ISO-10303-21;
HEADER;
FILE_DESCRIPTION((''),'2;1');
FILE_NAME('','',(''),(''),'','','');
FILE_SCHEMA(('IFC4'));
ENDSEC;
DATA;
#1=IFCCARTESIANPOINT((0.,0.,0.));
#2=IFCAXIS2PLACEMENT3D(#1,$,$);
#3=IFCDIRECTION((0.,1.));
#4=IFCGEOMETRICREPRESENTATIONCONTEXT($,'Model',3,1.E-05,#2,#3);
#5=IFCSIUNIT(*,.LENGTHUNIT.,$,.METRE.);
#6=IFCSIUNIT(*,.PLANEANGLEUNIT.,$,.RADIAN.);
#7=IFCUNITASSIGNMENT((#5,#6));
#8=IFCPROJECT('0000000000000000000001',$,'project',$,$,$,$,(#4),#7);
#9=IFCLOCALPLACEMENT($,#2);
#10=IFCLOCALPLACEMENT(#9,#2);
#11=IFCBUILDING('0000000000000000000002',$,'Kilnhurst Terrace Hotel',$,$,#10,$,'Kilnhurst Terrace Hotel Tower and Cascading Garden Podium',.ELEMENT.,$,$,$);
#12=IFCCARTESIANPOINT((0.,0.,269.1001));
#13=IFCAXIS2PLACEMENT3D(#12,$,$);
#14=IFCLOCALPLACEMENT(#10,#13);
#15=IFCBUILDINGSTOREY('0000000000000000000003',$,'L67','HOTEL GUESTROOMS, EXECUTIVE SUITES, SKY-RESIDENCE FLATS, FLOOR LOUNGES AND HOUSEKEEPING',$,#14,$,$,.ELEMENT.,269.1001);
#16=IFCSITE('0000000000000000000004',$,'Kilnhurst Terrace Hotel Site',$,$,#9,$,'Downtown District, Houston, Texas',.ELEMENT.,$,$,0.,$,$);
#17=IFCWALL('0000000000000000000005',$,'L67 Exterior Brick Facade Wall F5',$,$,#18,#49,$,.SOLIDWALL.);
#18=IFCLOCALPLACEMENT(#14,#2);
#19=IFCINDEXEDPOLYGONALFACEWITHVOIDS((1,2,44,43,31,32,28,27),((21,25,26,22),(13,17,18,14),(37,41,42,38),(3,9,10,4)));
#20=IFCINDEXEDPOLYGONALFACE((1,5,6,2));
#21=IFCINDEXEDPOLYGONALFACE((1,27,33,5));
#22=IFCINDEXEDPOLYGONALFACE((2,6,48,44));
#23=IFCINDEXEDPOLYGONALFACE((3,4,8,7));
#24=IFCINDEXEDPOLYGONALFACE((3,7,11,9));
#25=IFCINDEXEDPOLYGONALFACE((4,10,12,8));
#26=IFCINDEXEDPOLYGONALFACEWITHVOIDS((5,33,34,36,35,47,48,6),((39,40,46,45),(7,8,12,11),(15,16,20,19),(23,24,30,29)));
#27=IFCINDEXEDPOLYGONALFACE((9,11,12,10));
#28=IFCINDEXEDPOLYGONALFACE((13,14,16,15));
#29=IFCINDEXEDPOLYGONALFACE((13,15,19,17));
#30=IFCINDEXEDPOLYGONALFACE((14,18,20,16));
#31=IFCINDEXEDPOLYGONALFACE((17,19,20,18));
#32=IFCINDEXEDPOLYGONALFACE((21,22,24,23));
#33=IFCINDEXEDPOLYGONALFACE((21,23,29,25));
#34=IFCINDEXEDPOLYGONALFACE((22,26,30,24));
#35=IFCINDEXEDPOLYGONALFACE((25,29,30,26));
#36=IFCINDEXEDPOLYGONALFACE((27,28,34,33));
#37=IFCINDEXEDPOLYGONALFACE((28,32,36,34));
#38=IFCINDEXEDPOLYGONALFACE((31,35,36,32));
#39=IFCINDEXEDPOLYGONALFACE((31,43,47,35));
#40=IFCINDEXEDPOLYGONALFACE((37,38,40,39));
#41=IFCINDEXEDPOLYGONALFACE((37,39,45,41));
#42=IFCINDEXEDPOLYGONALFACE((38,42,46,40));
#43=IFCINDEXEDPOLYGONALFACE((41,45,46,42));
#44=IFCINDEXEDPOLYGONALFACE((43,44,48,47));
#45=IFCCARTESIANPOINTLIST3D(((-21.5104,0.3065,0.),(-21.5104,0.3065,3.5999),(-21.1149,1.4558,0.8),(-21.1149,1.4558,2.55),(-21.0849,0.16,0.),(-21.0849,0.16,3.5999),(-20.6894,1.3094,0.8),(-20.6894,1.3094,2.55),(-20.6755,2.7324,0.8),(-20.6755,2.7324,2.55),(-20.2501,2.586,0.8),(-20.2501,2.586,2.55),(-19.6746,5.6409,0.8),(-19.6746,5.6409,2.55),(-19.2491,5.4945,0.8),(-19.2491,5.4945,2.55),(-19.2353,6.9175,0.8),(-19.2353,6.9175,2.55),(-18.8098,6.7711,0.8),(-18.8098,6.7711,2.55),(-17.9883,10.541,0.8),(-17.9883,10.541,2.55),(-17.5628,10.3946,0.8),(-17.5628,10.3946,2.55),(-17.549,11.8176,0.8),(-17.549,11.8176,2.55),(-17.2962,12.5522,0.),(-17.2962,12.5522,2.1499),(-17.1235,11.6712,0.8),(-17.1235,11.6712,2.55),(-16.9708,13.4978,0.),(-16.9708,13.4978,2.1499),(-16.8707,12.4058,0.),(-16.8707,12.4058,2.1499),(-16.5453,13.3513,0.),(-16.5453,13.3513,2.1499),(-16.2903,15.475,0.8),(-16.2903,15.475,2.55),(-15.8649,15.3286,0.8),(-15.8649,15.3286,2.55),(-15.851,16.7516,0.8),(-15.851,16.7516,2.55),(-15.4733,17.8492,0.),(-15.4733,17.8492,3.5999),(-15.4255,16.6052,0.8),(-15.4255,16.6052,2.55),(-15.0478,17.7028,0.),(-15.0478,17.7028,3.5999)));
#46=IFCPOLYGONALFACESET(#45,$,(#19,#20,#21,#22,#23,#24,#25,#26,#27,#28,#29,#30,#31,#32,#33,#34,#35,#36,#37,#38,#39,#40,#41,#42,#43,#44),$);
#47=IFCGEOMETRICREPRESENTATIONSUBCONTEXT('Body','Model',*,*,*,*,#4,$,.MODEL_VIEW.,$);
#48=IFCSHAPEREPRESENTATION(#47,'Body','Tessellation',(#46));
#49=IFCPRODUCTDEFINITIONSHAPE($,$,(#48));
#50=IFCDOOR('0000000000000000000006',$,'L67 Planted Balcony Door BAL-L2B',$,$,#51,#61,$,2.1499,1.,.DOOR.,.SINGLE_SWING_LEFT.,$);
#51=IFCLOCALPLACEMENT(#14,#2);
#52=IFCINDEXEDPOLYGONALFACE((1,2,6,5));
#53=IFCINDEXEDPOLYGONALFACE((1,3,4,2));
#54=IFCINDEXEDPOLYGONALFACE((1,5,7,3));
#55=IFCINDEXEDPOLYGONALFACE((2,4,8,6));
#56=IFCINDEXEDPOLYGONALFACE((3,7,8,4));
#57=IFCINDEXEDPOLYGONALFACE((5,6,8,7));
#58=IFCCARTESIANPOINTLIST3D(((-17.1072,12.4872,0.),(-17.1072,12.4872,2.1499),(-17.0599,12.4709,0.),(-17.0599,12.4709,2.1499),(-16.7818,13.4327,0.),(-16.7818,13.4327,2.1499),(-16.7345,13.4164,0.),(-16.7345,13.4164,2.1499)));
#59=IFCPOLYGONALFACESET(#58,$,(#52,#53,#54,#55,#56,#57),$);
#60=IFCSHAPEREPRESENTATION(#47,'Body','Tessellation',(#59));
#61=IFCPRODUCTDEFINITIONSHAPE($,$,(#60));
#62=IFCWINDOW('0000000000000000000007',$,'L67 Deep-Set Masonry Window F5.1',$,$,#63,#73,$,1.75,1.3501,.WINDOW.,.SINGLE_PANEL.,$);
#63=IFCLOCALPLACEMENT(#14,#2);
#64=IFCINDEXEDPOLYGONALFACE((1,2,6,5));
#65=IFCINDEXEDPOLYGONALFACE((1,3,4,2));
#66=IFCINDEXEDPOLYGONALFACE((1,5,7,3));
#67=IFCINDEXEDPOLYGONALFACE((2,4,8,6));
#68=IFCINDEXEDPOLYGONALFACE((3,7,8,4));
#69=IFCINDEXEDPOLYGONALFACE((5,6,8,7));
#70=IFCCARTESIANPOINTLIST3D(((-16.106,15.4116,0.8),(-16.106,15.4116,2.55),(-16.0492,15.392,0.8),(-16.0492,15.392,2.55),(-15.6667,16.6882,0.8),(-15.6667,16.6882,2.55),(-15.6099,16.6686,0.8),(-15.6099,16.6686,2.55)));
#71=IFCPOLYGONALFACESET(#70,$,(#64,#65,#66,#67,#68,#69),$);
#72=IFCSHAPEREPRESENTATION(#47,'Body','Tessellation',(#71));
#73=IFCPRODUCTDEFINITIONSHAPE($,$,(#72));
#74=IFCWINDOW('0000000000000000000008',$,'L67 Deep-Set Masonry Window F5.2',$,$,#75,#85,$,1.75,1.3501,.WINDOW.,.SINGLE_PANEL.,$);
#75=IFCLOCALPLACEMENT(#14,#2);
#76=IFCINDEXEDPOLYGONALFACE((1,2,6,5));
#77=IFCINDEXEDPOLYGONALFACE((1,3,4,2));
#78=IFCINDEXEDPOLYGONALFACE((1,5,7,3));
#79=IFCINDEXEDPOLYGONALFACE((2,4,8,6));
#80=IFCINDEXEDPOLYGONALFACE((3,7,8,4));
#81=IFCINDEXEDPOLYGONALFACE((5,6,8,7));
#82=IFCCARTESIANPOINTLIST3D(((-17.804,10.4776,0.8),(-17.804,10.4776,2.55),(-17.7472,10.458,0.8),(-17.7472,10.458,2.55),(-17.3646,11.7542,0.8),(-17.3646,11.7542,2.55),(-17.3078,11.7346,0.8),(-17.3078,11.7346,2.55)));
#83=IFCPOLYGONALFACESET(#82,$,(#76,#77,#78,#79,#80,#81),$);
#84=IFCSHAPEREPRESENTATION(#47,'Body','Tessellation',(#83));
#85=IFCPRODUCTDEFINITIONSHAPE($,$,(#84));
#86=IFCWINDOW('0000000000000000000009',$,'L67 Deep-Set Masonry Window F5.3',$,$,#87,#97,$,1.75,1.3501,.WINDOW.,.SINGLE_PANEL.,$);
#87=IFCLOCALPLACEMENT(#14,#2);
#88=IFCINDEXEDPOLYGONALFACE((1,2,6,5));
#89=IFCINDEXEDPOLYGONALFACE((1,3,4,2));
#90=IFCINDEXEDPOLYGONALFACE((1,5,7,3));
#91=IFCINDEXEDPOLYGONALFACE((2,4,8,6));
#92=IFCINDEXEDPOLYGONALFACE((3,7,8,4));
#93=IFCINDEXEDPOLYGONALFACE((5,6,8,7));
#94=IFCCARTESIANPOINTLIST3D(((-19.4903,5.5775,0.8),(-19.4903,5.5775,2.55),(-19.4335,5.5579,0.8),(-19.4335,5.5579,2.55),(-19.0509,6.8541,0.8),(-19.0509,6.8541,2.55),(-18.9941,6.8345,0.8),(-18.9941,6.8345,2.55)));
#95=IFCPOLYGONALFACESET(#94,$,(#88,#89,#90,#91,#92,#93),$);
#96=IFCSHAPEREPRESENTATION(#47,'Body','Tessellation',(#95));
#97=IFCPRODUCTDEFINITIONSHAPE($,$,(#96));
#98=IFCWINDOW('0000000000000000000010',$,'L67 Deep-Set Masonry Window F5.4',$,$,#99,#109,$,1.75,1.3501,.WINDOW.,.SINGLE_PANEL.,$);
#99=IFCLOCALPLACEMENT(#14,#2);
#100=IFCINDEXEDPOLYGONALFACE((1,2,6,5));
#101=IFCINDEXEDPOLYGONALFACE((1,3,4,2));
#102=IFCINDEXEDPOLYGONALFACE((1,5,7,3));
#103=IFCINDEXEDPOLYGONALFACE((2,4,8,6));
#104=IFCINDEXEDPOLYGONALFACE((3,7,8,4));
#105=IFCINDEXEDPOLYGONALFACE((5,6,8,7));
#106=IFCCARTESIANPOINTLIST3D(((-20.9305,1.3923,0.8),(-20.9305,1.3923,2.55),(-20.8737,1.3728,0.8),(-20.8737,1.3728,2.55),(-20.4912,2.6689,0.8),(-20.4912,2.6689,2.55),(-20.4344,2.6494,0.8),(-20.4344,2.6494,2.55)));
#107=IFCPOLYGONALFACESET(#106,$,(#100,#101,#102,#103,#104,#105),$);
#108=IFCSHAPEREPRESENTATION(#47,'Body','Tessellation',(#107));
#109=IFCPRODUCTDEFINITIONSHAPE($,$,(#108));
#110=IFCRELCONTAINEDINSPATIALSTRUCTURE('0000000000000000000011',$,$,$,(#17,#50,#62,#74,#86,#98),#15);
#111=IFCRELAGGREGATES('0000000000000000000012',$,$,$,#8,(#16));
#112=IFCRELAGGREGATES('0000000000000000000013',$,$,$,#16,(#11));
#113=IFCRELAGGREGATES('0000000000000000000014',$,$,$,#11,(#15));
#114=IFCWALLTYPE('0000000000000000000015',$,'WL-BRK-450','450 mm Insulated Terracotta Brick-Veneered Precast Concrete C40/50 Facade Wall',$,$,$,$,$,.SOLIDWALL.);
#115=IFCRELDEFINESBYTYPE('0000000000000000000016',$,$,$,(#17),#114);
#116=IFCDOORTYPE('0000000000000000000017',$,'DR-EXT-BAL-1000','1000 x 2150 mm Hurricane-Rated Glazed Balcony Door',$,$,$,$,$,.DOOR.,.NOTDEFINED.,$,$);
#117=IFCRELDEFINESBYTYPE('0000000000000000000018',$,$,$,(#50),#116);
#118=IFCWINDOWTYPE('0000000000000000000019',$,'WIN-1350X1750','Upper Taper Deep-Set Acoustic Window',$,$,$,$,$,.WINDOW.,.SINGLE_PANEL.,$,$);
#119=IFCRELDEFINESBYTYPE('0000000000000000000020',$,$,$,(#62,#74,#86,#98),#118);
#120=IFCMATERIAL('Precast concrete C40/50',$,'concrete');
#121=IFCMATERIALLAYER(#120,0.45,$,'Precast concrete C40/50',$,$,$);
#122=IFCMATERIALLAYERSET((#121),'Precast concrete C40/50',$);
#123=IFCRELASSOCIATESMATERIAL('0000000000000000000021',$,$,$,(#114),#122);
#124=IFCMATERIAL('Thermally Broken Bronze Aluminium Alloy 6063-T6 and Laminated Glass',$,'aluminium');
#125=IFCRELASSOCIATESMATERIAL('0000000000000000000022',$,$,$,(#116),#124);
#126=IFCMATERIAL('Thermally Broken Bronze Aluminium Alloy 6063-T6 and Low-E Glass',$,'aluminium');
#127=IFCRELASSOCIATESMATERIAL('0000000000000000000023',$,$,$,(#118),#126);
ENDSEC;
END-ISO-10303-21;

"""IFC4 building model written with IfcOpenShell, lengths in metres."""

from ifc_helpers import new_model, si_unit, direction, frame, frame_2d, origin, place, context, subcontext, project, spatial, rectangle, extrude, material, layer, layer_set, type_object, element, fill, save


model = new_model("IFC4")

# Units and contexts
model_context = context("Model", 3, precision=1e-05, world=origin(), true_north=direction((0.0, 1.0)))
body_context = subcontext(model_context, "Body", "Model", "MODEL_VIEW")
ifc_project = project(units=[si_unit("LENGTHUNIT", "METRE"), si_unit("PLANEANGLEUNIT", "RADIAN")], contexts=[model_context])

# Site, building, storey
site_placement = place(None, origin())
site = spatial("IfcSite", under=ifc_project, at=site_placement, Name="Kilnhurst Terrace Hotel Site", LongName="Downtown District, Houston, Texas", CompositionType="ELEMENT", RefElevation=0.0)
building_placement = place(site_placement, origin())
building = spatial("IfcBuilding", under=site, at=building_placement, Name="Kilnhurst Terrace Hotel", LongName="Kilnhurst Terrace Hotel Tower and Cascading Garden Podium", CompositionType="ELEMENT")
storey_placement = place(building_placement, frame((0.0, 0.0, 269.1001)))
storey = spatial("IfcBuildingStorey", under=building, at=storey_placement, Name="L67", Description="HOTEL GUESTROOMS, EXECUTIVE SUITES, SKY-RESIDENCE FLATS, FLOOR LOUNGES AND HOUSEKEEPING", CompositionType="ELEMENT", Elevation=269.1001)

# Shared definitions
ifc_material_1 = material(Name="Precast concrete C40/50", Category="concrete")
ifc_layer_1 = layer(ifc_material_1, 0.45, Name="Precast concrete C40/50")
ifc_layer_set_1 = layer_set([ifc_layer_1], Name="Precast concrete C40/50")
wall_type_1 = type_object("IfcWallType", Name="WL-BRK-450", Description="450 mm Insulated Terracotta Brick-Veneered Precast Concrete C40/50 Facade Wall", PredefinedType="SOLIDWALL", material=ifc_layer_set_1)

# Wall, openings, door, windows
wall_1_placement = place(storey_placement, frame((-15.2605, 17.7761, 0.0), z_axis=(0.0, 0.0, 1.0), x_axis=(-0.325407, -0.945574, 0.0)))
wall_1 = element("IfcWall", 1, at=wall_1_placement, inside=storey, type_object=wall_type_1, Name="L67 Exterior Brick Facade Wall F5", PredefinedType="SOLIDWALL", context=body_context, shape_type="SweptSolid", body=[
    extrude(rectangle(XDim=18.5525, YDim=0.45, at=frame_2d((9.2764, 0.0))), origin(), (0.0, 0.0, 1.0), 3.5999),
])
opening_1_placement = place(wall_1_placement, frame((4.6021, 0.0, 0.0)))
opening_1 = element("IfcOpeningElement", 2, at=opening_1_placement, cuts=wall_1, PredefinedType="OPENING", context=body_context, shape_type="SweptSolid", body=[
    extrude(rectangle(XDim=1.0, YDim=2.1499, at=frame_2d((0.5, 1.075))), frame((0.0, 0.2349, 0.0), z_axis=(0.0, -1.0, 0.0), x_axis=(1.0, 0.0, 0.0)), (0.0, 0.0, 1.0), 0.47),
])
opening_2_placement = place(wall_1_placement, frame((1.1609, 0.0, 0.8)))
opening_2 = element("IfcOpeningElement", 3, at=opening_2_placement, cuts=wall_1, PredefinedType="OPENING", context=body_context, shape_type="SweptSolid", body=[
    extrude(rectangle(XDim=1.3501, YDim=1.75, at=frame_2d((0.675, 0.875))), frame((0.0, 0.2349, 0.0), z_axis=(0.0, -1.0, 0.0), x_axis=(1.0, 0.0, 0.0)), (0.0, 0.0, 1.0), 0.47),
])
opening_3_placement = place(wall_1_placement, frame((6.3789, 0.0, 0.8)))
opening_3 = element("IfcOpeningElement", 4, at=opening_3_placement, cuts=wall_1, PredefinedType="OPENING", context=body_context, shape_type="SweptSolid", body=[
    extrude(rectangle(XDim=1.3501, YDim=1.75, at=frame_2d((0.675, 0.875))), frame((0.0, 0.2349, 0.0), z_axis=(0.0, -1.0, 0.0), x_axis=(1.0, 0.0, 0.0)), (0.0, 0.0, 1.0), 0.47),
])
opening_4_placement = place(wall_1_placement, frame((11.561, 0.0, 0.8)))
opening_4 = element("IfcOpeningElement", 5, at=opening_4_placement, cuts=wall_1, PredefinedType="OPENING", context=body_context, shape_type="SweptSolid", body=[
    extrude(rectangle(XDim=1.3501, YDim=1.75, at=frame_2d((0.675, 0.875))), frame((0.0, 0.2349, 0.0), z_axis=(0.0, -1.0, 0.0), x_axis=(1.0, 0.0, 0.0)), (0.0, 0.0, 1.0), 0.47),
])
opening_5_placement = place(wall_1_placement, frame((15.9871, 0.0, 0.8)))
opening_5 = element("IfcOpeningElement", 6, at=opening_5_placement, cuts=wall_1, PredefinedType="OPENING", context=body_context, shape_type="SweptSolid", body=[
    extrude(rectangle(XDim=1.3501, YDim=1.75, at=frame_2d((0.675, 0.875))), frame((0.0, 0.2349, 0.0), z_axis=(0.0, -1.0, 0.0), x_axis=(1.0, 0.0, 0.0)), (0.0, 0.0, 1.0), 0.47),
])
ifc_material_2 = material(Name="Thermally Broken Bronze Aluminium Alloy 6063-T6 and Laminated Glass", Category="aluminium")
door_type_1 = type_object("IfcDoorType", Name="DR-EXT-BAL-1000", Description="1000 x 2150 mm Hurricane-Rated Glazed Balcony Door", OperationType="NOTDEFINED", PredefinedType="DOOR", material=ifc_material_2)
door_1_placement = place(opening_1_placement, origin())
door_1 = element("IfcDoor", 7, at=door_1_placement, inside=storey, type_object=door_type_1, Name="L67 Planted Balcony Door BAL-L2B", OperationType="SINGLE_SWING_LEFT", OverallHeight=2.1499, OverallWidth=1.0, PredefinedType="DOOR", context=body_context, shape_type="SweptSolid", body=[
    extrude(rectangle(XDim=1.0, YDim=2.1499, at=frame_2d((0.5, 1.075))), frame((0.0, 0.0249, 0.0), z_axis=(0.0, -1.0, 0.0), x_axis=(1.0, 0.0, 0.0)), (0.0, 0.0, 1.0), 0.05),
])
fill(opening_1, door_1)
ifc_material_3 = material(Name="Thermally Broken Bronze Aluminium Alloy 6063-T6 and Low-E Glass", Category="aluminium")
window_type = type_object("IfcWindowType", Name="WIN-1350X1750", Description="Upper Taper Deep-Set Acoustic Window", PartitioningType="SINGLE_PANEL", PredefinedType="WINDOW", material=ifc_material_3)
window_1_placement = place(opening_2_placement, origin())
window_1 = element("IfcWindow", 8, at=window_1_placement, inside=storey, type_object=window_type, Name="L67 Deep-Set Masonry Window F5.1", OverallHeight=1.75, OverallWidth=1.3501, PartitioningType="SINGLE_PANEL", PredefinedType="WINDOW", context=body_context, shape_type="SweptSolid", body=[
    extrude(rectangle(XDim=1.3501, YDim=1.75, at=frame_2d((0.675, 0.875))), frame((0.0, 0.03, 0.0), z_axis=(0.0, -1.0, 0.0), x_axis=(1.0, 0.0, 0.0)), (0.0, 0.0, 1.0), 0.0601),
])
fill(opening_2, window_1)
window_2_placement = place(opening_3_placement, origin())
window_2 = element("IfcWindow", 9, at=window_2_placement, inside=storey, type_object=window_type, Name="L67 Deep-Set Masonry Window F5.2", OverallHeight=1.75, OverallWidth=1.3501, PartitioningType="SINGLE_PANEL", PredefinedType="WINDOW", context=body_context, shape_type="SweptSolid", body=[
    extrude(rectangle(XDim=1.3501, YDim=1.75, at=frame_2d((0.675, 0.875))), frame((0.0, 0.03, 0.0), z_axis=(0.0, -1.0, 0.0), x_axis=(1.0, 0.0, 0.0)), (0.0, 0.0, 1.0), 0.0601),
])
fill(opening_3, window_2)
window_3_placement = place(opening_4_placement, origin())
window_3 = element("IfcWindow", 10, at=window_3_placement, inside=storey, type_object=window_type, Name="L67 Deep-Set Masonry Window F5.3", OverallHeight=1.75, OverallWidth=1.3501, PartitioningType="SINGLE_PANEL", PredefinedType="WINDOW", context=body_context, shape_type="SweptSolid", body=[
    extrude(rectangle(XDim=1.3501, YDim=1.75, at=frame_2d((0.675, 0.875))), frame((0.0, 0.03, 0.0), z_axis=(0.0, -1.0, 0.0), x_axis=(1.0, 0.0, 0.0)), (0.0, 0.0, 1.0), 0.0601),
])
fill(opening_4, window_3)
window_4_placement = place(opening_5_placement, origin())
window_4 = element("IfcWindow", 11, at=window_4_placement, inside=storey, type_object=window_type, Name="L67 Deep-Set Masonry Window F5.4", OverallHeight=1.75, OverallWidth=1.3501, PartitioningType="SINGLE_PANEL", PredefinedType="WINDOW", context=body_context, shape_type="SweptSolid", body=[
    extrude(rectangle(XDim=1.3501, YDim=1.75, at=frame_2d((0.675, 0.875))), frame((0.0, 0.03, 0.0), z_axis=(0.0, -1.0, 0.0), x_axis=(1.0, 0.0, 0.0)), (0.0, 0.0, 1.0), 0.0601),
])
fill(opening_5, window_4)

save(model, "model.ifc")
